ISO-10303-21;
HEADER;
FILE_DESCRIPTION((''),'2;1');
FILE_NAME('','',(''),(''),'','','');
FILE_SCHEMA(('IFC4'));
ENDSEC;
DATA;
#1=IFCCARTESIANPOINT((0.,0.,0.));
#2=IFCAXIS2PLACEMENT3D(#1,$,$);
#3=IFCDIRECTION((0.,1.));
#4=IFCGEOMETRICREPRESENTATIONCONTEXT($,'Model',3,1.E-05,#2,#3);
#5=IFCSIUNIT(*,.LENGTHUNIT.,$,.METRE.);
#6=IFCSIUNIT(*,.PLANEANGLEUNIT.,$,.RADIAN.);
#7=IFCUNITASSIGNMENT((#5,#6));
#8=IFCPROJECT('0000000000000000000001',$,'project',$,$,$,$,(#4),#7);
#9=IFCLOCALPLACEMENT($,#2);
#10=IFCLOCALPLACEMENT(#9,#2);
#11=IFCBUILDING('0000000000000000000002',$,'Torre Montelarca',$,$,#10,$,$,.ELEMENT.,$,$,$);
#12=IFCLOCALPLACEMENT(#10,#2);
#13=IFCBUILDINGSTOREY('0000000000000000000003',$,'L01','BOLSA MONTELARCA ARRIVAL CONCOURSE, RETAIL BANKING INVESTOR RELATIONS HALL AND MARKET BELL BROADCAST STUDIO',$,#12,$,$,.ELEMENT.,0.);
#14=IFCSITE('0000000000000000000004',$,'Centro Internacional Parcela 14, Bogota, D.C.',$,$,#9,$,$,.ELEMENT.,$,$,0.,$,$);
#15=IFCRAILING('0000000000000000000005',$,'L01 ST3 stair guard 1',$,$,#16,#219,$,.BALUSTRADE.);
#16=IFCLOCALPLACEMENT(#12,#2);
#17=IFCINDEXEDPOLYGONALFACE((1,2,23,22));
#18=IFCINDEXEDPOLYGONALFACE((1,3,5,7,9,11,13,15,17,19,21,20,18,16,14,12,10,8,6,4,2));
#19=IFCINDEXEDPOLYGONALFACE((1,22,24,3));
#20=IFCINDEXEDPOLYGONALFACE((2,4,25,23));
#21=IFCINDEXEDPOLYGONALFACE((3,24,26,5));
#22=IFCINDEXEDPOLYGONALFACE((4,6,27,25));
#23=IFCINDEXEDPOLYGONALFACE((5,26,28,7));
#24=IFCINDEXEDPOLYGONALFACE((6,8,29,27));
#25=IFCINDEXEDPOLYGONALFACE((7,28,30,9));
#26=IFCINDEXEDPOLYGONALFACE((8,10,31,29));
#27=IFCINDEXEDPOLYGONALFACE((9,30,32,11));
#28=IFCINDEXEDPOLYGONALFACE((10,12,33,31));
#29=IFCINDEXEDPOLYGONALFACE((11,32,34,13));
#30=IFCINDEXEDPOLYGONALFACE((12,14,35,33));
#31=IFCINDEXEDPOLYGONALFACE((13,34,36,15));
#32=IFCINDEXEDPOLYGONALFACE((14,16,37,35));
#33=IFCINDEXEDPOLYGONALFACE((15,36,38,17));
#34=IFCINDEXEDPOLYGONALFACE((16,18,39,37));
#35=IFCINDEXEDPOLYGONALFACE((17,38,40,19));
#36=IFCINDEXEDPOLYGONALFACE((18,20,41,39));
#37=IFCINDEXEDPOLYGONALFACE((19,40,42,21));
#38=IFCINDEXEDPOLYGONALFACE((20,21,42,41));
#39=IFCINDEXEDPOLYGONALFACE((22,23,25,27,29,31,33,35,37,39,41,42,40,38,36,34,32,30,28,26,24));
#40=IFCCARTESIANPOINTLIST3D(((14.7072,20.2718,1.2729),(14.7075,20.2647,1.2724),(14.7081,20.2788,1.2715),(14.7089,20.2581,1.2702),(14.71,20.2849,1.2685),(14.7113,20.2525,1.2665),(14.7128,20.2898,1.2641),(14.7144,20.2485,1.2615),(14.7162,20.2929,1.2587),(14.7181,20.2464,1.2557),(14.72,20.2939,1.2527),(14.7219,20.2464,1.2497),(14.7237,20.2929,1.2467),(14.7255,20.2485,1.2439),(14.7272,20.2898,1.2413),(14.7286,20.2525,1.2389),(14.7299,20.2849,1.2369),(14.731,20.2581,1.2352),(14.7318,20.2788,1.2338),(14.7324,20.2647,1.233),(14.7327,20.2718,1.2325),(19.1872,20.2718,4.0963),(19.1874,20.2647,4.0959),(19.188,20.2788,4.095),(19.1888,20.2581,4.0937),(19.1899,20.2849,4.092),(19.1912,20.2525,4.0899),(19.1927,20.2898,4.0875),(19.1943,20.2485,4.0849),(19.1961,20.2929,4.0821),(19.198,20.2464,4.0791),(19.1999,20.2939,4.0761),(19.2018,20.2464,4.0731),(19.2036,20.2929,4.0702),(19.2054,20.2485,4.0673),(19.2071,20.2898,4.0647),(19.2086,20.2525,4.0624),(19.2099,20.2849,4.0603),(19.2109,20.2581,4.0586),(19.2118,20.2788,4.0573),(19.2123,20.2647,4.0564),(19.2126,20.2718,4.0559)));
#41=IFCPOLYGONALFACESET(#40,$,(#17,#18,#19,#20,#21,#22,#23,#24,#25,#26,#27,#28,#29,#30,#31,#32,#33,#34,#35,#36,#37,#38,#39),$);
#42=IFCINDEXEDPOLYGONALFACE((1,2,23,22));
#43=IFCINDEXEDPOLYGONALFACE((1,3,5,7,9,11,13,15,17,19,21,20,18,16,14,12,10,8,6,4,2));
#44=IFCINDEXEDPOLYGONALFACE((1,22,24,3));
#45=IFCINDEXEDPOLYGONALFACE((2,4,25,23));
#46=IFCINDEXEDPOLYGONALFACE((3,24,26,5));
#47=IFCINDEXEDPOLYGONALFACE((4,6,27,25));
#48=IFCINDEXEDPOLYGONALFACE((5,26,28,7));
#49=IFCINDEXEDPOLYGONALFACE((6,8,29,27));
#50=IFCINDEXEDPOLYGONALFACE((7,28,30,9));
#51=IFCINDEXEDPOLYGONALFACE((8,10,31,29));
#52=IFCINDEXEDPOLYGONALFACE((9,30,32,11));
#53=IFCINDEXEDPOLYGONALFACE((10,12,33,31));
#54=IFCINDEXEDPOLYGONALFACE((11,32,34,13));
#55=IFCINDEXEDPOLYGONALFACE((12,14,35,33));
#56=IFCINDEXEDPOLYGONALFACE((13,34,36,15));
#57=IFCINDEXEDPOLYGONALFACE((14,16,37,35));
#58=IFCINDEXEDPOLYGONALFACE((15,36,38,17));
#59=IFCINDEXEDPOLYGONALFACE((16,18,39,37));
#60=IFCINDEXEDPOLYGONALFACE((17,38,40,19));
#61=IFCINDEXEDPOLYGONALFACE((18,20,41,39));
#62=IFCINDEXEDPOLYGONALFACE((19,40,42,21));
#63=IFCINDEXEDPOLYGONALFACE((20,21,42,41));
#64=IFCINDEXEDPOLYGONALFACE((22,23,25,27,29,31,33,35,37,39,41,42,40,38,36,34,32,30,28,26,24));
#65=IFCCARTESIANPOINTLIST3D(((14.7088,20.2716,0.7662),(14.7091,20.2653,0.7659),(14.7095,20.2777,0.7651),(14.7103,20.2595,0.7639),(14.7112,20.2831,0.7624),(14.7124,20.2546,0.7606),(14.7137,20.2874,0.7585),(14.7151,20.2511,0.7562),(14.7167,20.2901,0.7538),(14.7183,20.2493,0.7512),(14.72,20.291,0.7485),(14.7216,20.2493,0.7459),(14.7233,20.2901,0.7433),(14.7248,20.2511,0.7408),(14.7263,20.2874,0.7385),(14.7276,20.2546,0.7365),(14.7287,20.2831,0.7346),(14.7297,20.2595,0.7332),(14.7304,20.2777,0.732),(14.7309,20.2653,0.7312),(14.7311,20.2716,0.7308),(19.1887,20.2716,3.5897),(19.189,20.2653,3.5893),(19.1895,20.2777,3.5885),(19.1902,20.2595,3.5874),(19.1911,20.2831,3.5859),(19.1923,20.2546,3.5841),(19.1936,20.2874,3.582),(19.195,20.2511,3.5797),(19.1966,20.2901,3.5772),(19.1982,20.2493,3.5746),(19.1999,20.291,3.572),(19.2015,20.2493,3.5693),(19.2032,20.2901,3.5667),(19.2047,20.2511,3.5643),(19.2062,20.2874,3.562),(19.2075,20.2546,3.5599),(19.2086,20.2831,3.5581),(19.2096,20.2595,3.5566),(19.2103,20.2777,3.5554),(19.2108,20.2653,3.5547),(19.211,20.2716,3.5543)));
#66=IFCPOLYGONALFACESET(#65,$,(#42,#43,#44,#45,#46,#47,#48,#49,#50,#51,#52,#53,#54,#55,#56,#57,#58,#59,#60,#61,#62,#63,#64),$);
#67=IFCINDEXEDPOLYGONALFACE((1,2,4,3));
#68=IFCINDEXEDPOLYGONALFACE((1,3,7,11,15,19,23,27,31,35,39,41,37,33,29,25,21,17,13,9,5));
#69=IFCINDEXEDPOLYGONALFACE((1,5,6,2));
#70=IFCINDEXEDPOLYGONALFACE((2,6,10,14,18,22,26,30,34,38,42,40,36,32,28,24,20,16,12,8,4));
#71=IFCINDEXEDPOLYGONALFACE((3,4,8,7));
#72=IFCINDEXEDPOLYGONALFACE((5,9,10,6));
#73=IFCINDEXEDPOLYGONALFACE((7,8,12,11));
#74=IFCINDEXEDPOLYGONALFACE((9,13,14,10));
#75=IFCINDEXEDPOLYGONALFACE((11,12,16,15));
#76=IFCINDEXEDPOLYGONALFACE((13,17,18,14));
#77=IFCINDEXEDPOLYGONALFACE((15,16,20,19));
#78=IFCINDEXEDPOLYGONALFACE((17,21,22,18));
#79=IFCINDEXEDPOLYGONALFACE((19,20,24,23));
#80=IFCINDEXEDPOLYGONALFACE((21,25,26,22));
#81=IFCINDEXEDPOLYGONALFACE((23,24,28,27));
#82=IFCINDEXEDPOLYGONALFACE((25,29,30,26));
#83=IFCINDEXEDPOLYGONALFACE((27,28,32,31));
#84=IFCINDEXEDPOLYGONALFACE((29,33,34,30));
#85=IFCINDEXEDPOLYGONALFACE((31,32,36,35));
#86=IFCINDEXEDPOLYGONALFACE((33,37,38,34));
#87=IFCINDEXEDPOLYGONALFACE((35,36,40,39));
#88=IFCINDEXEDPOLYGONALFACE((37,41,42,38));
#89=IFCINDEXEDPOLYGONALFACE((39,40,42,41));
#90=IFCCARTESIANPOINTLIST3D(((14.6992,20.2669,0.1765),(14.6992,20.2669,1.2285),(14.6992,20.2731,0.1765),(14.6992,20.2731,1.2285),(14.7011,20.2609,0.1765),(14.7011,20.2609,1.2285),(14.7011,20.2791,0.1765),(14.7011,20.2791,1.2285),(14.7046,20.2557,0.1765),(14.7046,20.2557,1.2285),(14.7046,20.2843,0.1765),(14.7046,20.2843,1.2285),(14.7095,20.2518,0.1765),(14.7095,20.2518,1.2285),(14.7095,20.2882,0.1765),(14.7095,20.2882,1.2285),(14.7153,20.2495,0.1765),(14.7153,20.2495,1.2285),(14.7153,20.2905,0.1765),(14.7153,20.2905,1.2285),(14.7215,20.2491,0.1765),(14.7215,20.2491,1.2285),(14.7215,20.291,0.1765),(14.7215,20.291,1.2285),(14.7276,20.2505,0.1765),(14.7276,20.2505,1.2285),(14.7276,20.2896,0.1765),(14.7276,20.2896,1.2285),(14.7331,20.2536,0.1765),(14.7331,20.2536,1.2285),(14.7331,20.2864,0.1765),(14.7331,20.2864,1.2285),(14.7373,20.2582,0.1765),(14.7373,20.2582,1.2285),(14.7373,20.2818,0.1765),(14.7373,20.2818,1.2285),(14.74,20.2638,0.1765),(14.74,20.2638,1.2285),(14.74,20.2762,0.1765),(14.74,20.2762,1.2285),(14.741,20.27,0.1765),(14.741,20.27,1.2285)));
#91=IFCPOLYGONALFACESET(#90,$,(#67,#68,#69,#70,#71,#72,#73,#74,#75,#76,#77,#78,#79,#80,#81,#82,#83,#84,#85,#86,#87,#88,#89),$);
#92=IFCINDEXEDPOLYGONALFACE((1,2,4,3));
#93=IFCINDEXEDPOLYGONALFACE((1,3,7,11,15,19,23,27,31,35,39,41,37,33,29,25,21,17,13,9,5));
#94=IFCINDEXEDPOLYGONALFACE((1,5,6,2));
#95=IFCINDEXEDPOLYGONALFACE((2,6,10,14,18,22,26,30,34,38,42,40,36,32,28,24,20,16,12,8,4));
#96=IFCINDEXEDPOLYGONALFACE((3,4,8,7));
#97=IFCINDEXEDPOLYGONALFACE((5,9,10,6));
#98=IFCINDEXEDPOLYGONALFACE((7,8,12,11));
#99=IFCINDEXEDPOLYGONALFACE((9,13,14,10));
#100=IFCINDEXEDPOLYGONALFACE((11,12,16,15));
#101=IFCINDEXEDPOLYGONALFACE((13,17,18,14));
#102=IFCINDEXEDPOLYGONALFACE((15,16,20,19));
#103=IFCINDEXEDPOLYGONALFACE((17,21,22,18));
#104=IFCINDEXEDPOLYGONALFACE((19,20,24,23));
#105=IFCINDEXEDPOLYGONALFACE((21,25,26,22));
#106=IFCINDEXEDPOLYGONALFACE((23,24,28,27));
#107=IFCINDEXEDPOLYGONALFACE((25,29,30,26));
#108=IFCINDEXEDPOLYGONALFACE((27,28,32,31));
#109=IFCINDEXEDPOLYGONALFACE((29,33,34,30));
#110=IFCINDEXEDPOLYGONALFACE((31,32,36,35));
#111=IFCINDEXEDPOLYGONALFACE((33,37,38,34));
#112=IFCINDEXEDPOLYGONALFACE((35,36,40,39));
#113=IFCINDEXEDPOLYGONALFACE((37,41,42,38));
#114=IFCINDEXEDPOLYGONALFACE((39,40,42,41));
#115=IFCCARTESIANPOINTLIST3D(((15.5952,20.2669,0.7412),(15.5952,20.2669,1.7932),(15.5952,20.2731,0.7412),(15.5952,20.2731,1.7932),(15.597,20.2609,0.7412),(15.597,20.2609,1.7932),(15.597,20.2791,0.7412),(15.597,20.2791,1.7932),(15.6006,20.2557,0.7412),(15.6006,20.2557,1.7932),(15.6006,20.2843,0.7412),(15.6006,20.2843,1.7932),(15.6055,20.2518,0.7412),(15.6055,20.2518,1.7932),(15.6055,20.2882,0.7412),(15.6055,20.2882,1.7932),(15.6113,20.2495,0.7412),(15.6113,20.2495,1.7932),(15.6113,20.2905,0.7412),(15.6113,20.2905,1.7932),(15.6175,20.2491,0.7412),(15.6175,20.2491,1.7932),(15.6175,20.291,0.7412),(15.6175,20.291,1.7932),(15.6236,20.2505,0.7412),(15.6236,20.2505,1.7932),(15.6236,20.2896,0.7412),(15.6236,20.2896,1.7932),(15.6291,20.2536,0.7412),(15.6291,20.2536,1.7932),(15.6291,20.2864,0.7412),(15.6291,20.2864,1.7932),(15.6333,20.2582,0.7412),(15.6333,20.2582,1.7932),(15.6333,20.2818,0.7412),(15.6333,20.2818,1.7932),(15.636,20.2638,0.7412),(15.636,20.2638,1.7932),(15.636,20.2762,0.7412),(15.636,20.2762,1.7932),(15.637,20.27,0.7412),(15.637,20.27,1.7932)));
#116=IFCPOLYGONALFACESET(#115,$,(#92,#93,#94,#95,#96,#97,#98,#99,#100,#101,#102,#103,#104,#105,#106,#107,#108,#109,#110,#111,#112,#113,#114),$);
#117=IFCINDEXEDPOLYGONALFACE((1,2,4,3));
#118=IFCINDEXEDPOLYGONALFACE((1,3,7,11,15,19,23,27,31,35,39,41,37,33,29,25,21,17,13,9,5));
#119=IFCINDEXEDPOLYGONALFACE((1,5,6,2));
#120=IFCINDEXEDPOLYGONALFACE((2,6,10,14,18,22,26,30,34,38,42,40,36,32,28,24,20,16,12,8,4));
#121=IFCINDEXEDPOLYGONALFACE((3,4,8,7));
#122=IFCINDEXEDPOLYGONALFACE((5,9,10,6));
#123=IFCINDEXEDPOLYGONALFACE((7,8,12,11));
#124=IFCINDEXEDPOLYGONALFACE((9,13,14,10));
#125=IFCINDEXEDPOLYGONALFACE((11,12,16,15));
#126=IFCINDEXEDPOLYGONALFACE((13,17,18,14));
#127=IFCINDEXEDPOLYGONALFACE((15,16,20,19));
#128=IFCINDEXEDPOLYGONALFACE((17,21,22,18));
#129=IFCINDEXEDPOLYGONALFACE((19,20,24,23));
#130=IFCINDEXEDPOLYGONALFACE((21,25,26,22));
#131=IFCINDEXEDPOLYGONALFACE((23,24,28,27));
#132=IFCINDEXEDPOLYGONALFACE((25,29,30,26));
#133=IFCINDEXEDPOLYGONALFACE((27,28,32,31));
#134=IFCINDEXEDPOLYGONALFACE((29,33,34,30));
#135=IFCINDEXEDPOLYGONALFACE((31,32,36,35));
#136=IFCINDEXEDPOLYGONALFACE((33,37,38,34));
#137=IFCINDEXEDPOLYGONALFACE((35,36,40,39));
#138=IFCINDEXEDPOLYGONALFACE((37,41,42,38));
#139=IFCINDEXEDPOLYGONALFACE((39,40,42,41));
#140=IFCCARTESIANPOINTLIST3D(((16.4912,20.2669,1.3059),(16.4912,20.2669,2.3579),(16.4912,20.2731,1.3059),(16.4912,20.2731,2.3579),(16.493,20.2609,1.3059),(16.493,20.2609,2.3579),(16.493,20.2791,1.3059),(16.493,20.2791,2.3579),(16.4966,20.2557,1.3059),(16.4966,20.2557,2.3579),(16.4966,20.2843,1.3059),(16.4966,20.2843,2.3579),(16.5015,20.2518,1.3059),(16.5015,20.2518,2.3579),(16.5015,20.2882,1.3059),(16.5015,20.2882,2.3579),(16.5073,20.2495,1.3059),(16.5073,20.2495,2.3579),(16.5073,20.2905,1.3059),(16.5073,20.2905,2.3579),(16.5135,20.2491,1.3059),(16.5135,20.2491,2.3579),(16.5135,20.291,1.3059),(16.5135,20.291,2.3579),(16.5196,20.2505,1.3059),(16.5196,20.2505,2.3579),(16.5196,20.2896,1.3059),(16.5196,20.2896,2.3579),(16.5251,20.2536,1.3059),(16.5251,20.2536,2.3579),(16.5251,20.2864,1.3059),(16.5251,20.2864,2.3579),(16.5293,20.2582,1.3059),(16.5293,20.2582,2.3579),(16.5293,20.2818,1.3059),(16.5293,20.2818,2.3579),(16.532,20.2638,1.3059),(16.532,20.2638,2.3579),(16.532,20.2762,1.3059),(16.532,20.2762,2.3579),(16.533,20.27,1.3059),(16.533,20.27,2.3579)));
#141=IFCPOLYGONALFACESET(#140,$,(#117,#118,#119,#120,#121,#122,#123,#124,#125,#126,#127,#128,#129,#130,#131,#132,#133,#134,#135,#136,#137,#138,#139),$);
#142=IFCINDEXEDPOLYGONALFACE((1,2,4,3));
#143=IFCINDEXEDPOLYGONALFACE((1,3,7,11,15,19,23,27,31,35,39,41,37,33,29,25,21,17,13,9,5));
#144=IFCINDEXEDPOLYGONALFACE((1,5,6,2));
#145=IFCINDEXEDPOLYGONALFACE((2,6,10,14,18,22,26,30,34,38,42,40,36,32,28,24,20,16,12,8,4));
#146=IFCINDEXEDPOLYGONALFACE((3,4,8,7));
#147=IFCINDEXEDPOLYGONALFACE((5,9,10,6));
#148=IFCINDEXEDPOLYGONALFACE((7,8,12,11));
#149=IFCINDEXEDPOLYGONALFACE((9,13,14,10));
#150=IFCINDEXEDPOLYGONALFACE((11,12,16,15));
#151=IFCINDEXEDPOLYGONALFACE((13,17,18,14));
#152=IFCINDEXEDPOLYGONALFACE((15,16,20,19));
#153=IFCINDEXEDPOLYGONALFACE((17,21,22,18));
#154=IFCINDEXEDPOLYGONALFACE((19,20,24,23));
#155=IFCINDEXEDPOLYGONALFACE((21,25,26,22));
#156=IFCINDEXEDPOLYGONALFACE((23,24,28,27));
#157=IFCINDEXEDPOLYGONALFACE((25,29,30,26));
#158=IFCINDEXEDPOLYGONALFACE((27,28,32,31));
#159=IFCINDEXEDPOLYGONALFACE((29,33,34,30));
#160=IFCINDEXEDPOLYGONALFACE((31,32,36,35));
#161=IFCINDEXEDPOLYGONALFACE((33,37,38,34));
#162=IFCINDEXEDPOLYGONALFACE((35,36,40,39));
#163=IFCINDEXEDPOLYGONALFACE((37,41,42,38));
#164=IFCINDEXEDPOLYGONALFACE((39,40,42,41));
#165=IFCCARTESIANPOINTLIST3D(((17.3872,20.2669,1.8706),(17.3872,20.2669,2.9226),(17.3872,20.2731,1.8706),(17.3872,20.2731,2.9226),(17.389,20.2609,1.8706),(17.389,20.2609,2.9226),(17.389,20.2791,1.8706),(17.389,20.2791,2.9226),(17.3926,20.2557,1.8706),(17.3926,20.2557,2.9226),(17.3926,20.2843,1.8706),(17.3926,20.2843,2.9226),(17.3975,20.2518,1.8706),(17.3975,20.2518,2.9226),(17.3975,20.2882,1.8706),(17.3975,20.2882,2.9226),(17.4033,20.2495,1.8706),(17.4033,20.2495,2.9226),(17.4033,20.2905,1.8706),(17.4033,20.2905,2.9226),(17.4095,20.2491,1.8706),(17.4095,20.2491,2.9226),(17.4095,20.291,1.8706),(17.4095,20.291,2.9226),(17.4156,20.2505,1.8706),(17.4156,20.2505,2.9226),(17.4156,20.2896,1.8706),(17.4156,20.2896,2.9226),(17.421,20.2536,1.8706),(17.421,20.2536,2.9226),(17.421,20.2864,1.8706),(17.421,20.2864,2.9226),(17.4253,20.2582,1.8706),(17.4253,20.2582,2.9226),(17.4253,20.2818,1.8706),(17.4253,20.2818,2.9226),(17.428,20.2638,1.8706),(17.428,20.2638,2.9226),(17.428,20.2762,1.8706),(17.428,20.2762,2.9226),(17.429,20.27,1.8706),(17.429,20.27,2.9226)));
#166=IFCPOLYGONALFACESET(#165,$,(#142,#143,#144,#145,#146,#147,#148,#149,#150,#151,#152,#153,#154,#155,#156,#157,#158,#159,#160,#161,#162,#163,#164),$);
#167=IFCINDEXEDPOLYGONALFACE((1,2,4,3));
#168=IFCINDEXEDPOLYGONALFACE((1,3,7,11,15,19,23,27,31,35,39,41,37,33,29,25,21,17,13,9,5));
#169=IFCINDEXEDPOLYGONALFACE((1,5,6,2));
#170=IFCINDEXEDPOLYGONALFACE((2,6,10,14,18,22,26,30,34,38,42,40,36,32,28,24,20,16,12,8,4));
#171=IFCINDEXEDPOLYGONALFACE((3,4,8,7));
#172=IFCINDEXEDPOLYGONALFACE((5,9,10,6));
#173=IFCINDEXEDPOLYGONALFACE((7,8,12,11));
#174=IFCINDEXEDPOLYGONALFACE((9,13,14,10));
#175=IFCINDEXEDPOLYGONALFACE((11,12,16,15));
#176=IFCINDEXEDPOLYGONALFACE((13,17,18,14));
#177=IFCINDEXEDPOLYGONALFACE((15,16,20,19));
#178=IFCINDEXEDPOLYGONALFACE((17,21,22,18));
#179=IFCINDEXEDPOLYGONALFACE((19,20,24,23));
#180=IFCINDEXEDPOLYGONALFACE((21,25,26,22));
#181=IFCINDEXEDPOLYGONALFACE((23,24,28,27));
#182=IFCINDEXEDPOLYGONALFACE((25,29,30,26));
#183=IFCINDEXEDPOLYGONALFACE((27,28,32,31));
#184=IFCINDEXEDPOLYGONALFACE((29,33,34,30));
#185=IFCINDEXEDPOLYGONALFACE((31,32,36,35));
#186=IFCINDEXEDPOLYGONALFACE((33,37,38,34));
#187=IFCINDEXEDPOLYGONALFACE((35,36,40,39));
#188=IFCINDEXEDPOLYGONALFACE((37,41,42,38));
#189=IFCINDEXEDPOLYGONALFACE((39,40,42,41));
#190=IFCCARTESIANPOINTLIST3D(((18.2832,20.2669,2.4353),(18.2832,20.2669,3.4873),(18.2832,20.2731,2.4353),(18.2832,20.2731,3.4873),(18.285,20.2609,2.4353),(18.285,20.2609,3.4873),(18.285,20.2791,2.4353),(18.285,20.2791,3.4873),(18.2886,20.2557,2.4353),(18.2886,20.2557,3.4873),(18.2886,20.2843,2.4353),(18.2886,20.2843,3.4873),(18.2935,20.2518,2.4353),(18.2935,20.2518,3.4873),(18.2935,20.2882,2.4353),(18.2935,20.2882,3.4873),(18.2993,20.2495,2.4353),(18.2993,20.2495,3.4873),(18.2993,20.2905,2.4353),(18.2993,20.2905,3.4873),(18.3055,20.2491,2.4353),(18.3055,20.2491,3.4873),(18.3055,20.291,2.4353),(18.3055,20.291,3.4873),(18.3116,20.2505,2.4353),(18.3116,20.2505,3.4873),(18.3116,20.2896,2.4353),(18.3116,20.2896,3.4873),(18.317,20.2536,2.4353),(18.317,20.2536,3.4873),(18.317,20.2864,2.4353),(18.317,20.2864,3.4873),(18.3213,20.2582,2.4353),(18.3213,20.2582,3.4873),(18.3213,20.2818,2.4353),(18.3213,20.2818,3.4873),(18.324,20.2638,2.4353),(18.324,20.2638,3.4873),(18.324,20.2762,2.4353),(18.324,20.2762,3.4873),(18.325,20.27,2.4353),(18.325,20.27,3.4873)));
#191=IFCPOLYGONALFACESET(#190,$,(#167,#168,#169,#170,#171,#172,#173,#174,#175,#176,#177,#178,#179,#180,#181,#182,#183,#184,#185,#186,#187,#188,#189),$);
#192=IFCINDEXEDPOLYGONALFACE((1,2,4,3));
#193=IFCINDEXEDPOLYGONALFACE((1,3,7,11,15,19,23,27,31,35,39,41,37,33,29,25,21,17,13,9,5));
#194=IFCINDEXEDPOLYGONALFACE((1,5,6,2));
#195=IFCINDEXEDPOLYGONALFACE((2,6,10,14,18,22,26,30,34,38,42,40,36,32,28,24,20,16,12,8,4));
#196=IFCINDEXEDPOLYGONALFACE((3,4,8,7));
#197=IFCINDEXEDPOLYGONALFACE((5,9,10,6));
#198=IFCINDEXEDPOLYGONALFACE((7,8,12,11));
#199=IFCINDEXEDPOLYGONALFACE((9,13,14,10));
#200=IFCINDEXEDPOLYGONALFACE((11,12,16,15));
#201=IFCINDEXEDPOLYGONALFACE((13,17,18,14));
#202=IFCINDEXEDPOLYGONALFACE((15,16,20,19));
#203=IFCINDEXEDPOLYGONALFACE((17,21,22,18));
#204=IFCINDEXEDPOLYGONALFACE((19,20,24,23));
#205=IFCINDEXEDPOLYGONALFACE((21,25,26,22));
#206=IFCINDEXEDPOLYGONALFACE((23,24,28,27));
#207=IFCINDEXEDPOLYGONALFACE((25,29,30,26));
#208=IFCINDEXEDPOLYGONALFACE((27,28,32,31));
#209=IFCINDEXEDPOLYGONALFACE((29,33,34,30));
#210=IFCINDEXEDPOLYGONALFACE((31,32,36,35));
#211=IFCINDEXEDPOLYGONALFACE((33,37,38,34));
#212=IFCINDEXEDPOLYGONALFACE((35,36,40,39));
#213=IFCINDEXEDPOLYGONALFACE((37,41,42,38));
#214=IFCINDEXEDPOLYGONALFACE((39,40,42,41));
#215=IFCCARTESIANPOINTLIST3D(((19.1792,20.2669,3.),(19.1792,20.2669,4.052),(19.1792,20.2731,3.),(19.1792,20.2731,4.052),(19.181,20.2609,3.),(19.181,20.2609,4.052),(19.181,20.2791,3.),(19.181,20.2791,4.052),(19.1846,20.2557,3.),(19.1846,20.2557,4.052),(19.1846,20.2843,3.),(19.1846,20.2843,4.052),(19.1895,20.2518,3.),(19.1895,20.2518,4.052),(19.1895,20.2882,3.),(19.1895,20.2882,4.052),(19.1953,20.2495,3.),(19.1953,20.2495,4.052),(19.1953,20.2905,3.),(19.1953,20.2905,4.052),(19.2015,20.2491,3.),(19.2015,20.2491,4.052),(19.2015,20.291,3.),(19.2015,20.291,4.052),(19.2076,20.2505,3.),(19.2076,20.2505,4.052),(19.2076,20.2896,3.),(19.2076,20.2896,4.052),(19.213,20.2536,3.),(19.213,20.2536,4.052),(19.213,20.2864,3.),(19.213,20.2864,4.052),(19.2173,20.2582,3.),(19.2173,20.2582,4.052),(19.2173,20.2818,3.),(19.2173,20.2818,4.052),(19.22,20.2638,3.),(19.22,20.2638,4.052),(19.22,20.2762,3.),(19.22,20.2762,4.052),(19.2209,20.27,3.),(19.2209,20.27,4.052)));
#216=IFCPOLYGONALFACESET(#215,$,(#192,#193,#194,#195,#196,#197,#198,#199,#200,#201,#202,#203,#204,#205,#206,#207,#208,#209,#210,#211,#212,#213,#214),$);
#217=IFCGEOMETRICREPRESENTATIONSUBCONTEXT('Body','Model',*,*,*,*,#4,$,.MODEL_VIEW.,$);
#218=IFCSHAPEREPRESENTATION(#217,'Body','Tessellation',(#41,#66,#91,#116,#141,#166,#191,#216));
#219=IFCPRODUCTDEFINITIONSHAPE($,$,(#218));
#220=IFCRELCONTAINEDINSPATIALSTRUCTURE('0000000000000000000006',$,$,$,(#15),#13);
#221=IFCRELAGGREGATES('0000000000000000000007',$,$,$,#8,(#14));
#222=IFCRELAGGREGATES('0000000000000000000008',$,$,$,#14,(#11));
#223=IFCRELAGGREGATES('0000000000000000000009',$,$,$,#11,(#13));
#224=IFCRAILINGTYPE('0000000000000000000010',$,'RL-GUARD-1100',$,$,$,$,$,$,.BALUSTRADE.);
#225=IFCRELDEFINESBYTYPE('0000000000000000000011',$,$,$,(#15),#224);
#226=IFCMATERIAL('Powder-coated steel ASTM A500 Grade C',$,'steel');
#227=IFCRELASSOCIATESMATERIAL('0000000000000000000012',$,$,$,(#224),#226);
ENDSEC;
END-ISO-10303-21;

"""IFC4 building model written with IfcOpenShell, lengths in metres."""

from ifc_helpers import new_model, si_unit, direction, frame, origin, origin_2d, place, context, subcontext, project, spatial, circle, extrude, material, type_object, element, save


model = new_model("IFC4")

# Units and contexts
model_context = context("Model", 3, precision=1e-05, world=origin(), true_north=direction((0.0, 1.0)))
body_context = subcontext(model_context, "Body", "Model", "MODEL_VIEW")
ifc_project = project(units=[si_unit("LENGTHUNIT", "METRE"), si_unit("PLANEANGLEUNIT", "RADIAN")], contexts=[model_context])

# Site, building, storey
site_placement = place(None, origin())
site = spatial("IfcSite", under=ifc_project, at=site_placement, Name="Centro Internacional Parcela 14, Bogota, D.C.", CompositionType="ELEMENT", RefElevation=0.0)
building_placement = place(site_placement, origin())
building = spatial("IfcBuilding", under=site, at=building_placement, Name="Torre Montelarca", CompositionType="ELEMENT")
storey_placement = place(building_placement, origin())
storey = spatial("IfcBuildingStorey", under=building, at=storey_placement, Name="L01", Description="BOLSA MONTELARCA ARRIVAL CONCOURSE, RETAIL BANKING INVESTOR RELATIONS HALL AND MARKET BELL BROADCAST STUDIO", CompositionType="ELEMENT", Elevation=0.0)

# Railing
ifc_material_1 = material(Name="Powder-coated steel ASTM A500 Grade C", Category="steel")
railing_type_1 = type_object("IfcRailingType", Name="RL-GUARD-1100", PredefinedType="BALUSTRADE", material=ifc_material_1)
railing_1_placement = place(storey_placement, frame((14.72, 20.27, 0.1765)))
element("IfcRailing", 1, at=railing_1_placement, inside=storey, type_object=railing_type_1, Name="L01 ST3 stair guard 1", PredefinedType="BALUSTRADE", context=body_context, shape_type="SweptSolid", body=[
    extrude(circle(Radius=0.0239, at=origin_2d()), frame((0.0, 0.0, 1.0762), z_axis=(0.845998, 0.0, 0.533186), x_axis=(0.0, 1.0, 0.0)), (0.0, 0.0, 1.0), 5.2954),
    extrude(circle(Radius=0.021, at=origin_2d()), frame((0.0, 0.0, 0.572), z_axis=(0.845998, 0.0, 0.533186), x_axis=(0.0, 1.0, 0.0)), (0.0, 0.0, 1.0), 5.2954),
    extrude(circle(Radius=0.021, at=origin_2d()), origin(), (0.0, 0.0, 1.0), 1.052),
    extrude(circle(Radius=0.021, at=origin_2d()), frame((0.896, 0.0, 0.5647)), (0.0, 0.0, 1.0), 1.052),
    extrude(circle(Radius=0.021, at=origin_2d()), frame((1.792, 0.0, 1.1294)), (0.0, 0.0, 1.0), 1.052),
    extrude(circle(Radius=0.021, at=origin_2d()), frame((2.688, 0.0, 1.6941)), (0.0, 0.0, 1.0), 1.052),
    extrude(circle(Radius=0.021, at=origin_2d()), frame((3.584, 0.0, 2.2588)), (0.0, 0.0, 1.0), 1.052),
    extrude(circle(Radius=0.021, at=origin_2d()), frame((4.48, 0.0, 2.8235)), (0.0, 0.0, 1.0), 1.052),
])

save(model, "model.ifc")
